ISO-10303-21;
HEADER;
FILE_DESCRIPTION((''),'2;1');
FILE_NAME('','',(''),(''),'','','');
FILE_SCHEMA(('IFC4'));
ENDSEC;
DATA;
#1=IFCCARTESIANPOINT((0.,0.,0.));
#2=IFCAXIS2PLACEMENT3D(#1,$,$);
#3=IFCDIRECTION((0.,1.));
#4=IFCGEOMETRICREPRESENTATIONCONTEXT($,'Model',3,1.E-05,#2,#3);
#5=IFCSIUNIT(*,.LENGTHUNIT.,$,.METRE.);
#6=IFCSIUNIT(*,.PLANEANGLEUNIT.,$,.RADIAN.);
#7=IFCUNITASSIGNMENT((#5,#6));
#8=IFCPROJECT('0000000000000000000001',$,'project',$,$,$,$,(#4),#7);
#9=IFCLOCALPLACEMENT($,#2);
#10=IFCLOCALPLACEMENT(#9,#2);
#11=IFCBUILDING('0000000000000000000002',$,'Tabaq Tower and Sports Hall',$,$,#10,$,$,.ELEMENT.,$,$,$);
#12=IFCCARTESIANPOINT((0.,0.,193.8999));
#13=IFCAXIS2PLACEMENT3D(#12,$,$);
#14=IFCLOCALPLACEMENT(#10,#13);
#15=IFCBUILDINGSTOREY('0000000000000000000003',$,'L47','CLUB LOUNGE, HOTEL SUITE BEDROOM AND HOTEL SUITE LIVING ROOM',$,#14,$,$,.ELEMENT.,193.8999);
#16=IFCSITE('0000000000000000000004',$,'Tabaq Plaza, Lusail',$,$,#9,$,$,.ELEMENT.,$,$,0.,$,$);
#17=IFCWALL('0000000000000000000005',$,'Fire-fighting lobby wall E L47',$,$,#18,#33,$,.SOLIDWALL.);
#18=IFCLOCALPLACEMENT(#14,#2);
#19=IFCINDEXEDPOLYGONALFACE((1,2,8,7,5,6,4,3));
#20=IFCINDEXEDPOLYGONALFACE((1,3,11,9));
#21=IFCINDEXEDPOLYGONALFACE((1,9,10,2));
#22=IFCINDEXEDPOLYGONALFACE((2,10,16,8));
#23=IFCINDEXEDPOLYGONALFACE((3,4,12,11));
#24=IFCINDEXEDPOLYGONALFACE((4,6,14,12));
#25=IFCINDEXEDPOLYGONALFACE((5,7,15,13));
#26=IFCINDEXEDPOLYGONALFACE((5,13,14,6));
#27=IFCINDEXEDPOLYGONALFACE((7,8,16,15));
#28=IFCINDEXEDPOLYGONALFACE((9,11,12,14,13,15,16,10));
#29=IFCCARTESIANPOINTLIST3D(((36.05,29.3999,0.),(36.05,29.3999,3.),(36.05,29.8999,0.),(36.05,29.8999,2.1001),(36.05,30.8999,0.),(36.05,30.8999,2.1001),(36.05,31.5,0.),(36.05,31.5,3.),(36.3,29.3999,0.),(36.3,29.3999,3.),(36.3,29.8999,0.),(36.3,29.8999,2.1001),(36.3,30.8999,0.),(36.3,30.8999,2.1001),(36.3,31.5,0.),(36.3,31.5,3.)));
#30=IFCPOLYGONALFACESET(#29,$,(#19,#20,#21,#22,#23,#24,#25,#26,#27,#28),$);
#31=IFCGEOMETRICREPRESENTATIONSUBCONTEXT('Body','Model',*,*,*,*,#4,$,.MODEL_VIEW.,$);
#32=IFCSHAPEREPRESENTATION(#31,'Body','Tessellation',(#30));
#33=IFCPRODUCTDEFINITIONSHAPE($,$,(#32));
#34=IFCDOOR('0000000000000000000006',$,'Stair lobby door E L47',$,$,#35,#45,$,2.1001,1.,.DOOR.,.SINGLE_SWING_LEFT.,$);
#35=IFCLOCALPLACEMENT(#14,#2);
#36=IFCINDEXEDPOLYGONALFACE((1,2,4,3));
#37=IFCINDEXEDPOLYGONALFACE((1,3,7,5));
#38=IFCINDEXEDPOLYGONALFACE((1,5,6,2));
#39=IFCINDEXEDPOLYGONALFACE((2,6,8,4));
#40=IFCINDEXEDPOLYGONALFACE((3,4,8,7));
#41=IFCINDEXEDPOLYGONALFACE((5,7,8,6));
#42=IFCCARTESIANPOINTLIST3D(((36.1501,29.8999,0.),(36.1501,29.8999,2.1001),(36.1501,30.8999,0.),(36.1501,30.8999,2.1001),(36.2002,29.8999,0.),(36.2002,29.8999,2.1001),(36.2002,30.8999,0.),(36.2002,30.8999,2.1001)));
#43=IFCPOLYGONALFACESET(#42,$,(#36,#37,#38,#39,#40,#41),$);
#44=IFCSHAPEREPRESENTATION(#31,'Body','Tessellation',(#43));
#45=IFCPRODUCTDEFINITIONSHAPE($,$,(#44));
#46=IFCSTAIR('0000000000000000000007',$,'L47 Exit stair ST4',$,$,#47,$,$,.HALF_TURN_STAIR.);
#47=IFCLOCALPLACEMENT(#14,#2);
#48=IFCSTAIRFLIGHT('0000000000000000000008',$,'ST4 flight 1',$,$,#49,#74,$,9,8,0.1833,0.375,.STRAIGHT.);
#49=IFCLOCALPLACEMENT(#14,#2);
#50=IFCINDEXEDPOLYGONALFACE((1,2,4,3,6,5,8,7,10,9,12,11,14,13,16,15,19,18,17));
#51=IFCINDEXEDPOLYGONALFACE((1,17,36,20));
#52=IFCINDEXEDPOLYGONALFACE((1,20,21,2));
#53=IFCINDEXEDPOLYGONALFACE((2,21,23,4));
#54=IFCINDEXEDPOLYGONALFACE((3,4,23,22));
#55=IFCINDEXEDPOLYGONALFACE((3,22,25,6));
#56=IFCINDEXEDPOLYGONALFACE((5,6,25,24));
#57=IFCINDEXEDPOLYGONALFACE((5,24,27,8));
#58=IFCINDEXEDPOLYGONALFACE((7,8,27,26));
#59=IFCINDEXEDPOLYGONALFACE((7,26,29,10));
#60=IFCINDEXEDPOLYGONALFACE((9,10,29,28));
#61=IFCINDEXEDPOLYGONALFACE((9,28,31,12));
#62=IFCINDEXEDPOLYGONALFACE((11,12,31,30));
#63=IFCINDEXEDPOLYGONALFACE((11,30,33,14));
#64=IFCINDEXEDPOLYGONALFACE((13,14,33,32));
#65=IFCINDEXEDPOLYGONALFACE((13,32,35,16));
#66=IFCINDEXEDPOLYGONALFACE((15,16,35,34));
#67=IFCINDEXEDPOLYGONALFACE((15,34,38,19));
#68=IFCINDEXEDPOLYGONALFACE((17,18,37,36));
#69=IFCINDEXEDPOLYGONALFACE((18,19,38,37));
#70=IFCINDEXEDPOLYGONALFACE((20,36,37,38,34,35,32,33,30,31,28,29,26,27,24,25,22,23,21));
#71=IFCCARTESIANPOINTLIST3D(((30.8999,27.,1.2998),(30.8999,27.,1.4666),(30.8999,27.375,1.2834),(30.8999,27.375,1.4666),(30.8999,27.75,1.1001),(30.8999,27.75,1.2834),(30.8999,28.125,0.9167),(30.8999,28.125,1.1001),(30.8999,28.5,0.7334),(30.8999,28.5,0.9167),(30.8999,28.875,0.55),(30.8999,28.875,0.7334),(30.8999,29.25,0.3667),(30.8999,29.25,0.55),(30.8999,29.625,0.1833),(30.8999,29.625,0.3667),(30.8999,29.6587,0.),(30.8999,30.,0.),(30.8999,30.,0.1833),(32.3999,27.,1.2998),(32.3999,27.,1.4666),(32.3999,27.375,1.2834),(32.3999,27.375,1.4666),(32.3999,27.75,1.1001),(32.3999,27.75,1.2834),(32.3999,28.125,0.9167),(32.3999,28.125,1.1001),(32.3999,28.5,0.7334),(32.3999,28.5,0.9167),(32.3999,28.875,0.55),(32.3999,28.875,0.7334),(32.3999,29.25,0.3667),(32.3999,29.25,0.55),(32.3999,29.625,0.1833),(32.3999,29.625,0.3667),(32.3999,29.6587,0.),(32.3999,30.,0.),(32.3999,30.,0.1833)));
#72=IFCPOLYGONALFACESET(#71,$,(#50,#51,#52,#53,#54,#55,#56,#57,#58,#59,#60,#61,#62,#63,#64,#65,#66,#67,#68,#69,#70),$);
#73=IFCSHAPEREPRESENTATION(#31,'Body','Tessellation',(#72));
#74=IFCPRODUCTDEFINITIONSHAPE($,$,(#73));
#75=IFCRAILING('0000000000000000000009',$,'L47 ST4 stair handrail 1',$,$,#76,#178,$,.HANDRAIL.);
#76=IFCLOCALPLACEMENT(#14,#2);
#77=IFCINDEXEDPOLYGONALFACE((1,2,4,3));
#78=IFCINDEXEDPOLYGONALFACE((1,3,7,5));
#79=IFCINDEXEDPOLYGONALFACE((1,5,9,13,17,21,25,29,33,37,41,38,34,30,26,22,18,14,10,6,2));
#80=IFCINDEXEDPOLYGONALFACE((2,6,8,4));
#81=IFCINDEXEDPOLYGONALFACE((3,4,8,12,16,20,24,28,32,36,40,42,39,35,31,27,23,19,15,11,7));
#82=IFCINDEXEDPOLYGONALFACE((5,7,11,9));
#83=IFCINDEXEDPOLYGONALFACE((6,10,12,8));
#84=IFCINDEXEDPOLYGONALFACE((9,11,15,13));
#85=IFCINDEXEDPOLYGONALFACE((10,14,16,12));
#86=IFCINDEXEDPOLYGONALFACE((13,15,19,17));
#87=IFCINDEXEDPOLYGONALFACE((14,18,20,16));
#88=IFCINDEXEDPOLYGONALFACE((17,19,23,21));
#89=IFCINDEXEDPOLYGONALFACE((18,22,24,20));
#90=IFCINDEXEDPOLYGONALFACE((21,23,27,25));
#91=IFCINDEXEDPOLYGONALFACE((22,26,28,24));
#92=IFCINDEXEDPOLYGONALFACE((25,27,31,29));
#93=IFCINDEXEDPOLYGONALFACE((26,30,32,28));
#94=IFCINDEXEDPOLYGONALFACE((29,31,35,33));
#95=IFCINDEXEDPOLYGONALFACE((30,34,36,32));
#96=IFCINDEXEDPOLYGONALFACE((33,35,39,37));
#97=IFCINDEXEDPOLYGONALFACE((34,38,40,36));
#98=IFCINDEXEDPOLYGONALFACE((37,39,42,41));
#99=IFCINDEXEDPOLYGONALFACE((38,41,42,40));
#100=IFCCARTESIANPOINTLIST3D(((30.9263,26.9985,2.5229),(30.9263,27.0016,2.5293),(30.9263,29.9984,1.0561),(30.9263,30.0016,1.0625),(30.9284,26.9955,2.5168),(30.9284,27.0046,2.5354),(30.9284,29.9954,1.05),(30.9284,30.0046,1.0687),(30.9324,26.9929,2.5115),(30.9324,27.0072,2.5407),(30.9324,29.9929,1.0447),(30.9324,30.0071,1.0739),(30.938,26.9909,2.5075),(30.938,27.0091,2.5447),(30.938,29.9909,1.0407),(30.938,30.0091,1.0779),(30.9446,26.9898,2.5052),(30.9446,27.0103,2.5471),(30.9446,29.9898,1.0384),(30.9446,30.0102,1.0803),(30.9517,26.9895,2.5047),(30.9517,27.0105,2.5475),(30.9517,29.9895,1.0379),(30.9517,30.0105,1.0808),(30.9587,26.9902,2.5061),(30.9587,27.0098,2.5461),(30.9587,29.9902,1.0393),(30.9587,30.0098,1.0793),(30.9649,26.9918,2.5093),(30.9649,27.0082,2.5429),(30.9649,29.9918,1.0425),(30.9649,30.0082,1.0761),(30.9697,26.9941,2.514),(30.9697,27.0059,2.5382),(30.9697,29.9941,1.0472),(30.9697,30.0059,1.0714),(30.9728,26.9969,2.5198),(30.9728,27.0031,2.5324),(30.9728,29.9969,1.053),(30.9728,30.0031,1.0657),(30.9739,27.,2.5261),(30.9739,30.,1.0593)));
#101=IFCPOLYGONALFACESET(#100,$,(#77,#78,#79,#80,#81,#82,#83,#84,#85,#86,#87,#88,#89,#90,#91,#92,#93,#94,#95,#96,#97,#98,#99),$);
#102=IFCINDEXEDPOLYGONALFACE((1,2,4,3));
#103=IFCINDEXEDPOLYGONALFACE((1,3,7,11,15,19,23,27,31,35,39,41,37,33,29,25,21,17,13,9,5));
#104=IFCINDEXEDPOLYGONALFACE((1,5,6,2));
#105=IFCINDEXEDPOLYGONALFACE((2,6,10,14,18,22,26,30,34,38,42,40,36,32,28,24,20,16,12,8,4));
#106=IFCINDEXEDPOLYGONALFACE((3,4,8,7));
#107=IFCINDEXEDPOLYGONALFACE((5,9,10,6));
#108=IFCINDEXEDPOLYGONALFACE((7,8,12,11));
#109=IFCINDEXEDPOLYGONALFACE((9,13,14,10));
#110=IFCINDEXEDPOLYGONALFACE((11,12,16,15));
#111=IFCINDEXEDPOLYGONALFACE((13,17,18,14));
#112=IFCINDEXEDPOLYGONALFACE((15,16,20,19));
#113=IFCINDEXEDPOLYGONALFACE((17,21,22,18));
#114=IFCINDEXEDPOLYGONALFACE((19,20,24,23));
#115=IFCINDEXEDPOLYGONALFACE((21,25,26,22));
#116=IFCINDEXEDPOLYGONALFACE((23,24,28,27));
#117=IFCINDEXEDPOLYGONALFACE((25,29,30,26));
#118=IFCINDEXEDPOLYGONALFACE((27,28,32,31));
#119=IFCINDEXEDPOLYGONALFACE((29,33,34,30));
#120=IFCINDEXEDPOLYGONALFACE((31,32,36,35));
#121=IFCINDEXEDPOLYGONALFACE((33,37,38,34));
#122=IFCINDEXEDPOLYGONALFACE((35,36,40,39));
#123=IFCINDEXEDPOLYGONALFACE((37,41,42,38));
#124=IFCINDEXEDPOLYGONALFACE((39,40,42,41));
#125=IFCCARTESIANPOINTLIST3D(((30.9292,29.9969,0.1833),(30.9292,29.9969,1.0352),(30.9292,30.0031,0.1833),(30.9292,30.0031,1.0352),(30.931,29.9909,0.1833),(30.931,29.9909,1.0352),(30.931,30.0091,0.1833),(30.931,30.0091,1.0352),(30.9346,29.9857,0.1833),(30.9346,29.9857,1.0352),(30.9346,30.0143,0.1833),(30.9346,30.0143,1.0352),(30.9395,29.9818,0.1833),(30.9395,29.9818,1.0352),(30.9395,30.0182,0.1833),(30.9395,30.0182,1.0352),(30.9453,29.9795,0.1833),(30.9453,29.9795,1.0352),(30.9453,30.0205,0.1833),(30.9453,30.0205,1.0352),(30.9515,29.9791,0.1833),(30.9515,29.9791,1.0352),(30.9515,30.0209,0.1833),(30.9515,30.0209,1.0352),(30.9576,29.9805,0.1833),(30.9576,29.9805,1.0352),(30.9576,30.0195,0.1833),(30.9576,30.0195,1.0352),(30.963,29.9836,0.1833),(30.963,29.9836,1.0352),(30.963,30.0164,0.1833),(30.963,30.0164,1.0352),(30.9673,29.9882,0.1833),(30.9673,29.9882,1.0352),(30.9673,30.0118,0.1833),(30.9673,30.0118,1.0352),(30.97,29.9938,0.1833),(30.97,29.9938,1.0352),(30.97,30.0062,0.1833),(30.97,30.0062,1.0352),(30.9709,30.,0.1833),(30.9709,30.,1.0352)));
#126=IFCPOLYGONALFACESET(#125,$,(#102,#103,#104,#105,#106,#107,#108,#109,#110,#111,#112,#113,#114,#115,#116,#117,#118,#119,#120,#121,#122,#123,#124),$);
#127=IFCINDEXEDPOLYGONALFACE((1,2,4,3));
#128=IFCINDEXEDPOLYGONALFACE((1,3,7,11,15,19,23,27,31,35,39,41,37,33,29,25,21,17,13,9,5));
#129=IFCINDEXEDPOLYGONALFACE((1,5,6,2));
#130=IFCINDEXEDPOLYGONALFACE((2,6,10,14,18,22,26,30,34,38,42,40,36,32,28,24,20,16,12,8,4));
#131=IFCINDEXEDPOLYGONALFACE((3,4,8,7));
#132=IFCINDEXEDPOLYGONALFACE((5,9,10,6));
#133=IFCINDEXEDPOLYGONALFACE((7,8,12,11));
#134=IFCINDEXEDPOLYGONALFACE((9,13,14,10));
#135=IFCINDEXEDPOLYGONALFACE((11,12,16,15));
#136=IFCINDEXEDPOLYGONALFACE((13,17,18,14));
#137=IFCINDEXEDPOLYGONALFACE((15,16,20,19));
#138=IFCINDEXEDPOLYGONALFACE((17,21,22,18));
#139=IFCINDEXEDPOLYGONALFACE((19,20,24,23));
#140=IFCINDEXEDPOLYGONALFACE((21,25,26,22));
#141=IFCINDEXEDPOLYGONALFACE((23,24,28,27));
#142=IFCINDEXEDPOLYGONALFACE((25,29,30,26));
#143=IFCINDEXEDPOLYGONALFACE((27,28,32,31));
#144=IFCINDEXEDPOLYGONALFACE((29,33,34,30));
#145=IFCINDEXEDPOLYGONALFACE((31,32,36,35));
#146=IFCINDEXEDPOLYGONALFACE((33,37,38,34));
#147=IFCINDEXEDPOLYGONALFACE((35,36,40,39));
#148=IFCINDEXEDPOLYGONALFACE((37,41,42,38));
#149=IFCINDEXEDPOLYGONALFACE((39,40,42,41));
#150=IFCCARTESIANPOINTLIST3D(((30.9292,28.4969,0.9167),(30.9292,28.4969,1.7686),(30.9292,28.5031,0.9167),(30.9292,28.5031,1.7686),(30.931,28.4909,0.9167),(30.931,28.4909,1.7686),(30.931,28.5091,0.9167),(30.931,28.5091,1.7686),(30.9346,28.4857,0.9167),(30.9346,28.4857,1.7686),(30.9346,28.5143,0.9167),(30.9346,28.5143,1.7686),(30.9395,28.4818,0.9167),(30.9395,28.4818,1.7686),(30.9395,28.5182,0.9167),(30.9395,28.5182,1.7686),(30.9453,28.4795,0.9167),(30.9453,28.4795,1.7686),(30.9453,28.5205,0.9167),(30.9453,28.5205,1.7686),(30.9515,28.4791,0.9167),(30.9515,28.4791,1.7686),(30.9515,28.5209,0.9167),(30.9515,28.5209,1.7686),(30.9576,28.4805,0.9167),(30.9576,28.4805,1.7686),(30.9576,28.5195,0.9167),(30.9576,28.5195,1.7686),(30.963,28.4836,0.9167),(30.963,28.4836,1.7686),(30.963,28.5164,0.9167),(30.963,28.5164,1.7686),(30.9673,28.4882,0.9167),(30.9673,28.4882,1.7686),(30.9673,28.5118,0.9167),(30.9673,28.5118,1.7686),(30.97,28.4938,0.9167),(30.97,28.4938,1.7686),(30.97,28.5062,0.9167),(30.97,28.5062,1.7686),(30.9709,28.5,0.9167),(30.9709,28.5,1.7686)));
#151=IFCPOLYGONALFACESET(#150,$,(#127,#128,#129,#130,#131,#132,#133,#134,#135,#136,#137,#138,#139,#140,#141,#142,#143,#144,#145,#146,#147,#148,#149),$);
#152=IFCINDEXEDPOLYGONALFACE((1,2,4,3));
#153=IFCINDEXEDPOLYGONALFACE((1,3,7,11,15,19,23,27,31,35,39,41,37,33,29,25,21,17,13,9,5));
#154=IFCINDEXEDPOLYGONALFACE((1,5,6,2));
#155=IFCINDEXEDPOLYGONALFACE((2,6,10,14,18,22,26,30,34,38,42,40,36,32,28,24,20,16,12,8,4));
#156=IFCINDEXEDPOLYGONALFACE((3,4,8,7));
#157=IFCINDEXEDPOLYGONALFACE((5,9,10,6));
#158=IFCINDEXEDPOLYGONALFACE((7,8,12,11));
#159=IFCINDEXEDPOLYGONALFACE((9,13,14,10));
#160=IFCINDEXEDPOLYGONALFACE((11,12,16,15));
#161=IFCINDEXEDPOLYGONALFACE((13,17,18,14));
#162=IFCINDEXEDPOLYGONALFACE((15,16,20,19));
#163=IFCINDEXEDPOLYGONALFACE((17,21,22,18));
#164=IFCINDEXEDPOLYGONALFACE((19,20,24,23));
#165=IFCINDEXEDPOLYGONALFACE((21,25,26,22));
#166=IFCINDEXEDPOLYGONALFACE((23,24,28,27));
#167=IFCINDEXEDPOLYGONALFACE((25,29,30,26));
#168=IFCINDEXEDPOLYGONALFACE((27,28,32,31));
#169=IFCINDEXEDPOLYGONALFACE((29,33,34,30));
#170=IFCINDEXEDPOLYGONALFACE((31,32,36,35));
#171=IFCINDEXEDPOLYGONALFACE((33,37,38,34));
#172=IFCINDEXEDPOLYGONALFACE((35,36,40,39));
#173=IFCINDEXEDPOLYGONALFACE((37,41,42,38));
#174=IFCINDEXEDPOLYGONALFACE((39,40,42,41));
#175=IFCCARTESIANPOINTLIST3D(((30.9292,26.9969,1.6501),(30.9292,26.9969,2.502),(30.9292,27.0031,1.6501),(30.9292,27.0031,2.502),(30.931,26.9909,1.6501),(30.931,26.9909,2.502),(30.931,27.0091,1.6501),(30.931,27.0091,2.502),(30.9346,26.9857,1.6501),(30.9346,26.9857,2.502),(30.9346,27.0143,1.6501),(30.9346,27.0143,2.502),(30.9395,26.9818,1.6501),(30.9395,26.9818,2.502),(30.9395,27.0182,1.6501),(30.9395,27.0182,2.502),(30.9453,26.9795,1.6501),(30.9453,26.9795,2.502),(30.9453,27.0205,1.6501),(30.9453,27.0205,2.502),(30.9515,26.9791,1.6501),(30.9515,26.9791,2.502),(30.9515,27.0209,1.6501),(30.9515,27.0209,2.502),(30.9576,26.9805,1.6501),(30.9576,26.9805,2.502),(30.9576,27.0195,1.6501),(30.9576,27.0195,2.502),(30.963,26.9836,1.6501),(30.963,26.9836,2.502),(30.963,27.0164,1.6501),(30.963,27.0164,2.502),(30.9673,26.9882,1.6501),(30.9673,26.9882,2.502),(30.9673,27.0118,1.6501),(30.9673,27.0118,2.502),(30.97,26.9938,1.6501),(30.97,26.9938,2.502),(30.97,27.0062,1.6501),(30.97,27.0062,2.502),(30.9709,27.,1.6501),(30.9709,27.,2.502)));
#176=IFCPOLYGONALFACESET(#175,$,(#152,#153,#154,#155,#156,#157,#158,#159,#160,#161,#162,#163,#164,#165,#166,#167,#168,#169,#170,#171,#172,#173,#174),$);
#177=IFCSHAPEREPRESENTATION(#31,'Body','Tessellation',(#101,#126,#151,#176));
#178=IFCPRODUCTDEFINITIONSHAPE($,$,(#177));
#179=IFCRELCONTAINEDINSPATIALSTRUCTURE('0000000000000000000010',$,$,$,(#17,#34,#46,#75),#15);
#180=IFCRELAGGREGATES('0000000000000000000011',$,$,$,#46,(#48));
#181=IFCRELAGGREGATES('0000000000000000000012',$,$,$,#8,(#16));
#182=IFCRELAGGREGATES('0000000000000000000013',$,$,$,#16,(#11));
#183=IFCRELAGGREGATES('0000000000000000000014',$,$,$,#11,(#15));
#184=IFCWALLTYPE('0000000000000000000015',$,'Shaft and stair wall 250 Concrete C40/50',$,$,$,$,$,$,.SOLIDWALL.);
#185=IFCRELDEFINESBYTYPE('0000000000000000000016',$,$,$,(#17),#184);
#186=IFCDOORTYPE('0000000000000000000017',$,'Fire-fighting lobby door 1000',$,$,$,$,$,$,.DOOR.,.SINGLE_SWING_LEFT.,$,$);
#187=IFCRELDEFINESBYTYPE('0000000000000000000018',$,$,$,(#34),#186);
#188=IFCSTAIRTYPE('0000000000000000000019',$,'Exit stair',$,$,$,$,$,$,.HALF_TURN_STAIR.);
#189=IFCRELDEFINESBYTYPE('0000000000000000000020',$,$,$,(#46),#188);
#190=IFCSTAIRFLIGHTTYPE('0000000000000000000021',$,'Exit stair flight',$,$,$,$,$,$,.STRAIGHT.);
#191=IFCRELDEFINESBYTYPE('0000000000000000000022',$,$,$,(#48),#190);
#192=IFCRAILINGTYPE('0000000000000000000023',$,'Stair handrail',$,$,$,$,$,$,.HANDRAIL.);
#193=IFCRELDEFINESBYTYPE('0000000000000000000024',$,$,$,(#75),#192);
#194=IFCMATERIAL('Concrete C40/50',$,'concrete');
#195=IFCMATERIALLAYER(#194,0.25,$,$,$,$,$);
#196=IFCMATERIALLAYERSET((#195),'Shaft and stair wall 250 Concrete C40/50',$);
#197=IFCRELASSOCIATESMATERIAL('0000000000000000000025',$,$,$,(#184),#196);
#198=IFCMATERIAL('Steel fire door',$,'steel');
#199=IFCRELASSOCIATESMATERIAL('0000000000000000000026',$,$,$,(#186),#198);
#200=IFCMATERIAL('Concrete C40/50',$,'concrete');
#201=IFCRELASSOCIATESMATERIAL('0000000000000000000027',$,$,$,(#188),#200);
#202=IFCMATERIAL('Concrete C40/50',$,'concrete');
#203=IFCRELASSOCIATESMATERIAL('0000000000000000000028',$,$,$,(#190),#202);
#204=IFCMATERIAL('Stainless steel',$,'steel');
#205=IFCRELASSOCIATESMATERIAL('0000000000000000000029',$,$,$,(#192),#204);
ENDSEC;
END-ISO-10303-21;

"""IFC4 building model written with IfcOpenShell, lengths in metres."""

from ifc_helpers import new_model, si_unit, direction, frame, frame_2d, origin, origin_2d, place, context, subcontext, project, spatial, polyline, rectangle, circle, outline, extrude, material, layer, layer_set, type_object, element, fill, aggregate, save


model = new_model("IFC4")

# Units and contexts
model_context = context("Model", 3, precision=1e-05, world=origin(), true_north=direction((0.0, 1.0)))
body_context = subcontext(model_context, "Body", "Model", "MODEL_VIEW")
ifc_project = project(units=[si_unit("LENGTHUNIT", "METRE"), si_unit("PLANEANGLEUNIT", "RADIAN")], contexts=[model_context])

# Site, building, storey
site_placement = place(None, origin())
site = spatial("IfcSite", under=ifc_project, at=site_placement, Name="Tabaq Plaza, Lusail", CompositionType="ELEMENT", RefElevation=0.0)
building_placement = place(site_placement, origin())
building = spatial("IfcBuilding", under=site, at=building_placement, Name="Tabaq Tower and Sports Hall", CompositionType="ELEMENT")
storey_placement = place(building_placement, frame((0.0, 0.0, 193.8999)))
storey = spatial("IfcBuildingStorey", under=building, at=storey_placement, Name="L47", Description="CLUB LOUNGE, HOTEL SUITE BEDROOM AND HOTEL SUITE LIVING ROOM", CompositionType="ELEMENT", Elevation=193.8999)

# Wall, opening, door
ifc_material_1 = material(Name="Concrete C40/50", Category="concrete")
ifc_layer_1 = layer(ifc_material_1, 0.25)
ifc_layer_set_1 = layer_set([ifc_layer_1], Name="Shaft and stair wall 250 Concrete C40/50")
wall_type_1 = type_object("IfcWallType", Name="Shaft and stair wall 250 Concrete C40/50", PredefinedType="SOLIDWALL", material=ifc_layer_set_1)
wall_1_placement = place(storey_placement, frame((36.175, 29.3999, 0.0), z_axis=(0.0, 0.0, 1.0), x_axis=(0.0, 1.0, 0.0)))
wall_1 = element("IfcWall", 1, at=wall_1_placement, inside=storey, type_object=wall_type_1, Name="Fire-fighting lobby wall E L47", PredefinedType="SOLIDWALL", context=body_context, shape_type="SweptSolid", body=[
    extrude(rectangle(XDim=2.1001, YDim=0.25, at=frame_2d((1.05, 0.0))), origin(), (0.0, 0.0, 1.0), 3.0),
])
opening_1_placement = place(wall_1_placement, frame((0.5, 0.0, 0.0)))
opening_1 = element("IfcOpeningElement", 2, at=opening_1_placement, cuts=wall_1, PredefinedType="OPENING", context=body_context, shape_type="SweptSolid", body=[
    extrude(rectangle(XDim=1.0, YDim=2.1001, at=frame_2d((0.5, 1.05))), frame((0.0, 0.125, 0.0), z_axis=(0.0, -1.0, 0.0), x_axis=(1.0, 0.0, 0.0)), (0.0, 0.0, 1.0), 0.25),
])
ifc_material_2 = material(Name="Steel fire door", Category="steel")
door_type_1 = type_object("IfcDoorType", Name="Fire-fighting lobby door 1000", OperationType="SINGLE_SWING_LEFT", PredefinedType="DOOR", material=ifc_material_2)
door_1_placement = place(opening_1_placement, origin())
door_1 = element("IfcDoor", 3, at=door_1_placement, inside=storey, type_object=door_type_1, Name="Stair lobby door E L47", OperationType="SINGLE_SWING_LEFT", OverallHeight=2.1001, OverallWidth=1.0, PredefinedType="DOOR", context=body_context, shape_type="SweptSolid", body=[
    extrude(rectangle(XDim=1.0, YDim=2.1001, at=frame_2d((0.5, 1.05))), frame((0.0, 0.0249, 0.0), z_axis=(0.0, -1.0, 0.0), x_axis=(1.0, 0.0, 0.0)), (0.0, 0.0, 1.0), 0.05),
])
fill(opening_1, door_1)

# Stair, stair flight
ifc_material_3 = material(Name="Concrete C40/50", Category="concrete")
stair_type = type_object("IfcStairType", Name="Exit stair", PredefinedType="HALF_TURN_STAIR", material=ifc_material_3)
stair_placement = place(storey_placement, origin())
stair = element("IfcStair", 4, at=stair_placement, inside=storey, type_object=stair_type, Name="L47 Exit stair ST4", PredefinedType="HALF_TURN_STAIR")
ifc_material_4 = material(Name="Concrete C40/50", Category="concrete")
stair_flight_type = type_object("IfcStairFlightType", Name="Exit stair flight", PredefinedType="STRAIGHT", material=ifc_material_4)
stair_flight_placement = place(storey_placement, frame((31.6499, 30.0, 0.0), z_axis=(0.0, 0.0, 1.0), x_axis=(0.0, -1.0, 0.0)))
stair_flight = element("IfcStairFlight", 5, at=stair_flight_placement, type_object=stair_flight_type, Name="ST4 flight 1", NumberOfRisers=9, NumberOfTreads=8, PredefinedType="STRAIGHT", RiserHeight=0.1833, TreadLength=0.375, context=body_context, shape_type="SweptSolid", body=[
    extrude(outline(polyline([(0.0, 0.0), (0.0, 0.1833), (0.375, 0.1833), (0.375, 0.3667), (0.75, 0.3667), (0.75, 0.55), (1.125, 0.55), (1.125, 0.7334), (1.5, 0.7334), (1.5, 0.9167), (1.875, 0.9167), (1.875, 1.1001), (2.25, 1.1001), (2.25, 1.2834), (2.625, 1.2834), (2.625, 1.4666), (3.0, 1.4666), (3.0, 1.6499), (3.0, 1.2998), (0.3413, 0.0), (0.0, 0.0)])), frame((0.0, 0.75, 0.0), z_axis=(0.0, -1.0, 0.0), x_axis=(1.0, 0.0, 0.0)), (0.0, 0.0, 1.0), 1.5),
])
aggregate(stair, [stair_flight])

# Railing
ifc_material_5 = material(Name="Stainless steel", Category="steel")
railing_type_1 = type_object("IfcRailingType", Name="Stair handrail", PredefinedType="HANDRAIL", material=ifc_material_5)
railing_1_placement = place(storey_placement, frame((30.95, 30.0, 0.1833)))
element("IfcRailing", 6, at=railing_1_placement, inside=storey, type_object=railing_type_1, Name="L47 ST4 stair handrail 1", PredefinedType="HANDRAIL", context=body_context, shape_type="SweptSolid", body=[
    extrude(circle(Radius=0.0239, at=origin_2d()), frame((0.0, 0.0, 0.876), z_axis=(0.0, -0.898369, 0.439242), x_axis=(1.0, 0.0, 0.0)), (0.0, 0.0, 1.0), 3.3394),
    extrude(circle(Radius=0.021, at=origin_2d()), origin(), (0.0, 0.0, 1.0), 0.8518),
    extrude(circle(Radius=0.021, at=origin_2d()), frame((0.0, -1.5, 0.7334)), (0.0, 0.0, 1.0), 0.8518),
    extrude(circle(Radius=0.021, at=origin_2d()), frame((0.0, -3.0, 1.4668)), (0.0, 0.0, 1.0), 0.8518),
])

save(model, "model.ifc")
